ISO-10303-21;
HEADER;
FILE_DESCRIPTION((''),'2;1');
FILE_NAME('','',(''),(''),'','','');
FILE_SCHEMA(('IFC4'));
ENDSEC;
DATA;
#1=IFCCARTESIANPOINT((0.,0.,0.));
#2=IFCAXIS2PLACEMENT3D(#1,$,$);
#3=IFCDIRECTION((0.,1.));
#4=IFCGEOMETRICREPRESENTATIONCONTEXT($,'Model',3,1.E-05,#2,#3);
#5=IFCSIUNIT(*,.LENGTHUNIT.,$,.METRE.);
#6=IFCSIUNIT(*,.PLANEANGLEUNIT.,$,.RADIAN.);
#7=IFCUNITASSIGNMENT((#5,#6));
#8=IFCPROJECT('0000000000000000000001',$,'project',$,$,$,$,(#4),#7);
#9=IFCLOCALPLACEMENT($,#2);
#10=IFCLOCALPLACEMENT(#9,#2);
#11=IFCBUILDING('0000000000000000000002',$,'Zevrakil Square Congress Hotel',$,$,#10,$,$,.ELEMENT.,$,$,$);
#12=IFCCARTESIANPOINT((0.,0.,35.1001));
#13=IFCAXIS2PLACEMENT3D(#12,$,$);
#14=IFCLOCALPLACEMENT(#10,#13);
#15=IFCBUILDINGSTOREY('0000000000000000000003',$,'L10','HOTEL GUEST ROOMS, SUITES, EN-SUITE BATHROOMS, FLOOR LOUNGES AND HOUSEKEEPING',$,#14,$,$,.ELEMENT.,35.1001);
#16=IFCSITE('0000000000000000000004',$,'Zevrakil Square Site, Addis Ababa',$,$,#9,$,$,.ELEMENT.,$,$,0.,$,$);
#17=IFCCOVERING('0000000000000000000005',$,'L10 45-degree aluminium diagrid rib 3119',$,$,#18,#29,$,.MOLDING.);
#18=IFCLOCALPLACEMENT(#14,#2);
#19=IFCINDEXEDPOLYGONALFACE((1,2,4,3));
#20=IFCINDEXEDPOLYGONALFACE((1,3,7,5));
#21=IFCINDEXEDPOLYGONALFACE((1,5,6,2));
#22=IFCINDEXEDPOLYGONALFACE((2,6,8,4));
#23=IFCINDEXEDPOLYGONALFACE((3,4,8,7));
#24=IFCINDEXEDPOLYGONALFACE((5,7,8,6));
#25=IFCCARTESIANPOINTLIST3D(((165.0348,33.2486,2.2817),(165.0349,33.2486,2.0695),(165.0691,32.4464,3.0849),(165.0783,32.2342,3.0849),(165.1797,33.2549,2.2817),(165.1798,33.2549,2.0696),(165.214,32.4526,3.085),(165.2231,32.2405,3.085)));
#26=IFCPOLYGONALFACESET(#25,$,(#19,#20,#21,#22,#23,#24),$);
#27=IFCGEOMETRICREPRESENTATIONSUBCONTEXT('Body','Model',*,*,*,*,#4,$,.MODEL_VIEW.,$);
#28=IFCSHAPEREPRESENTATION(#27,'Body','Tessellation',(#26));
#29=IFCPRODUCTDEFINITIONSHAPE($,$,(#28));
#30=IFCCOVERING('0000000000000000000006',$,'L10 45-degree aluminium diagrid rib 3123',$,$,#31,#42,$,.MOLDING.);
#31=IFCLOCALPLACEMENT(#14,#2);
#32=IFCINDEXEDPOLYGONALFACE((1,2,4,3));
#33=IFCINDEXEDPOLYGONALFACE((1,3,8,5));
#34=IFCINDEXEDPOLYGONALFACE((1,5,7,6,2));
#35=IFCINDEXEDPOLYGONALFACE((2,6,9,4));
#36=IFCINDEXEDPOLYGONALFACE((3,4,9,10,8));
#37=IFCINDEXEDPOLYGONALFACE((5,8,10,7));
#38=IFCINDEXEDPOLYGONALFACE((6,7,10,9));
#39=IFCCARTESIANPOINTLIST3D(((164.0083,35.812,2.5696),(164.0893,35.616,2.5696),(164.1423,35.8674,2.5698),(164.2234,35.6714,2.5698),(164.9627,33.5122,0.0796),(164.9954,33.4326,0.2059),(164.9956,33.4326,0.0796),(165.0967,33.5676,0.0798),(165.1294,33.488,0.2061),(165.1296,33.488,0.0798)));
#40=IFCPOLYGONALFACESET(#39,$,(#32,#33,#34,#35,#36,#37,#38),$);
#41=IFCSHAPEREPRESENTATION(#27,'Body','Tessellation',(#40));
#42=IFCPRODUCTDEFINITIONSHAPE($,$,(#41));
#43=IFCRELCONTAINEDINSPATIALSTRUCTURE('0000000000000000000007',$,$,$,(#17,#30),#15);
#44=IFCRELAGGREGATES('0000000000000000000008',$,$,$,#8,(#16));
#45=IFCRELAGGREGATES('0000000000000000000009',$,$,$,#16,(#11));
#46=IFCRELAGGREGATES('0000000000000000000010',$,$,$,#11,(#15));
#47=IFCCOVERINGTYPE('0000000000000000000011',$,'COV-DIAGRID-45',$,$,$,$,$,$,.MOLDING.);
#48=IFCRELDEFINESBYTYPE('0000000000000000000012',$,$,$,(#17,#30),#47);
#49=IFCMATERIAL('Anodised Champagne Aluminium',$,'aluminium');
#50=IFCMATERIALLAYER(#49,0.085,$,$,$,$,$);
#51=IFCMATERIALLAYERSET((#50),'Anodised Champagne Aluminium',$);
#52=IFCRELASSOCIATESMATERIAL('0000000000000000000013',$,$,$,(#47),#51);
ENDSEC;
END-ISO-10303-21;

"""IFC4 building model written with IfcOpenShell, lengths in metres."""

from ifc_helpers import new_model, si_unit, direction, frame, origin, place, context, subcontext, project, spatial, polyline, outline, extrude, material, layer, layer_set, type_object, element, save


model = new_model("IFC4")

# Units and contexts
model_context = context("Model", 3, precision=1e-05, world=origin(), true_north=direction((0.0, 1.0)))
body_context = subcontext(model_context, "Body", "Model", "MODEL_VIEW")
ifc_project = project(units=[si_unit("LENGTHUNIT", "METRE"), si_unit("PLANEANGLEUNIT", "RADIAN")], contexts=[model_context])

# Site, building, storey
site_placement = place(None, origin())
site = spatial("IfcSite", under=ifc_project, at=site_placement, Name="Zevrakil Square Site, Addis Ababa", CompositionType="ELEMENT", RefElevation=0.0)
building_placement = place(site_placement, origin())
building = spatial("IfcBuilding", under=site, at=building_placement, Name="Zevrakil Square Congress Hotel", CompositionType="ELEMENT")
storey_placement = place(building_placement, frame((0.0, 0.0, 35.1001)))
storey = spatial("IfcBuildingStorey", under=building, at=storey_placement, Name="L10", Description="HOTEL GUEST ROOMS, SUITES, EN-SUITE BATHROOMS, FLOOR LOUNGES AND HOUSEKEEPING", CompositionType="ELEMENT", Elevation=35.1001)

# Coverings
ifc_material_1 = material(Name="Anodised Champagne Aluminium", Category="aluminium")
ifc_layer_1 = layer(ifc_material_1, 0.085)
ifc_layer_set_1 = layer_set([ifc_layer_1], Name="Anodised Champagne Aluminium")
covering_type_1 = type_object("IfcCoveringType", Name="COV-DIAGRID-45", PredefinedType="MOLDING", material=ifc_layer_set_1)
covering_1_placement = place(storey_placement, frame((165.2231, 32.2405, 3.085), z_axis=(0.999067, 0.043192, 0.000495), x_axis=(-0.043192, 0.999067, 0.0)))
element("IfcCovering", 1, at=covering_1_placement, inside=storey, type_object=covering_type_1, Name="L10 45-degree aluminium diagrid rib 3119", PredefinedType="MOLDING", context=body_context, shape_type="SweptSolid", body=[
    extrude(outline(polyline([(0.0, 0.0), (0.2124, 0.0), (1.0153, -0.8032), (1.0153, -1.0154), (0.0, 0.0)])), origin(), (0.0, 0.0, -1.0), 0.145),
])
covering_2_placement = place(storey_placement, frame((165.0967, 33.5676, 0.0798), z_axis=(0.924138, 0.382056, 0.001331), x_axis=(0.382057, -0.924139, -0.000001)))
element("IfcCovering", 2, at=covering_2_placement, inside=storey, type_object=covering_type_1, Name="L10 45-degree aluminium diagrid rib 3123", PredefinedType="MOLDING", context=body_context, shape_type="SweptSolid", body=[
    extrude(outline(polyline([(0.0, 0.0), (0.0861, 0.0), (0.0861, -0.1262), (-2.2778, -2.49), (-2.49, -2.49), (0.0, 0.0)])), origin(), (0.0, 0.0, -1.0), 0.145),
])

save(model, "model.ifc")
